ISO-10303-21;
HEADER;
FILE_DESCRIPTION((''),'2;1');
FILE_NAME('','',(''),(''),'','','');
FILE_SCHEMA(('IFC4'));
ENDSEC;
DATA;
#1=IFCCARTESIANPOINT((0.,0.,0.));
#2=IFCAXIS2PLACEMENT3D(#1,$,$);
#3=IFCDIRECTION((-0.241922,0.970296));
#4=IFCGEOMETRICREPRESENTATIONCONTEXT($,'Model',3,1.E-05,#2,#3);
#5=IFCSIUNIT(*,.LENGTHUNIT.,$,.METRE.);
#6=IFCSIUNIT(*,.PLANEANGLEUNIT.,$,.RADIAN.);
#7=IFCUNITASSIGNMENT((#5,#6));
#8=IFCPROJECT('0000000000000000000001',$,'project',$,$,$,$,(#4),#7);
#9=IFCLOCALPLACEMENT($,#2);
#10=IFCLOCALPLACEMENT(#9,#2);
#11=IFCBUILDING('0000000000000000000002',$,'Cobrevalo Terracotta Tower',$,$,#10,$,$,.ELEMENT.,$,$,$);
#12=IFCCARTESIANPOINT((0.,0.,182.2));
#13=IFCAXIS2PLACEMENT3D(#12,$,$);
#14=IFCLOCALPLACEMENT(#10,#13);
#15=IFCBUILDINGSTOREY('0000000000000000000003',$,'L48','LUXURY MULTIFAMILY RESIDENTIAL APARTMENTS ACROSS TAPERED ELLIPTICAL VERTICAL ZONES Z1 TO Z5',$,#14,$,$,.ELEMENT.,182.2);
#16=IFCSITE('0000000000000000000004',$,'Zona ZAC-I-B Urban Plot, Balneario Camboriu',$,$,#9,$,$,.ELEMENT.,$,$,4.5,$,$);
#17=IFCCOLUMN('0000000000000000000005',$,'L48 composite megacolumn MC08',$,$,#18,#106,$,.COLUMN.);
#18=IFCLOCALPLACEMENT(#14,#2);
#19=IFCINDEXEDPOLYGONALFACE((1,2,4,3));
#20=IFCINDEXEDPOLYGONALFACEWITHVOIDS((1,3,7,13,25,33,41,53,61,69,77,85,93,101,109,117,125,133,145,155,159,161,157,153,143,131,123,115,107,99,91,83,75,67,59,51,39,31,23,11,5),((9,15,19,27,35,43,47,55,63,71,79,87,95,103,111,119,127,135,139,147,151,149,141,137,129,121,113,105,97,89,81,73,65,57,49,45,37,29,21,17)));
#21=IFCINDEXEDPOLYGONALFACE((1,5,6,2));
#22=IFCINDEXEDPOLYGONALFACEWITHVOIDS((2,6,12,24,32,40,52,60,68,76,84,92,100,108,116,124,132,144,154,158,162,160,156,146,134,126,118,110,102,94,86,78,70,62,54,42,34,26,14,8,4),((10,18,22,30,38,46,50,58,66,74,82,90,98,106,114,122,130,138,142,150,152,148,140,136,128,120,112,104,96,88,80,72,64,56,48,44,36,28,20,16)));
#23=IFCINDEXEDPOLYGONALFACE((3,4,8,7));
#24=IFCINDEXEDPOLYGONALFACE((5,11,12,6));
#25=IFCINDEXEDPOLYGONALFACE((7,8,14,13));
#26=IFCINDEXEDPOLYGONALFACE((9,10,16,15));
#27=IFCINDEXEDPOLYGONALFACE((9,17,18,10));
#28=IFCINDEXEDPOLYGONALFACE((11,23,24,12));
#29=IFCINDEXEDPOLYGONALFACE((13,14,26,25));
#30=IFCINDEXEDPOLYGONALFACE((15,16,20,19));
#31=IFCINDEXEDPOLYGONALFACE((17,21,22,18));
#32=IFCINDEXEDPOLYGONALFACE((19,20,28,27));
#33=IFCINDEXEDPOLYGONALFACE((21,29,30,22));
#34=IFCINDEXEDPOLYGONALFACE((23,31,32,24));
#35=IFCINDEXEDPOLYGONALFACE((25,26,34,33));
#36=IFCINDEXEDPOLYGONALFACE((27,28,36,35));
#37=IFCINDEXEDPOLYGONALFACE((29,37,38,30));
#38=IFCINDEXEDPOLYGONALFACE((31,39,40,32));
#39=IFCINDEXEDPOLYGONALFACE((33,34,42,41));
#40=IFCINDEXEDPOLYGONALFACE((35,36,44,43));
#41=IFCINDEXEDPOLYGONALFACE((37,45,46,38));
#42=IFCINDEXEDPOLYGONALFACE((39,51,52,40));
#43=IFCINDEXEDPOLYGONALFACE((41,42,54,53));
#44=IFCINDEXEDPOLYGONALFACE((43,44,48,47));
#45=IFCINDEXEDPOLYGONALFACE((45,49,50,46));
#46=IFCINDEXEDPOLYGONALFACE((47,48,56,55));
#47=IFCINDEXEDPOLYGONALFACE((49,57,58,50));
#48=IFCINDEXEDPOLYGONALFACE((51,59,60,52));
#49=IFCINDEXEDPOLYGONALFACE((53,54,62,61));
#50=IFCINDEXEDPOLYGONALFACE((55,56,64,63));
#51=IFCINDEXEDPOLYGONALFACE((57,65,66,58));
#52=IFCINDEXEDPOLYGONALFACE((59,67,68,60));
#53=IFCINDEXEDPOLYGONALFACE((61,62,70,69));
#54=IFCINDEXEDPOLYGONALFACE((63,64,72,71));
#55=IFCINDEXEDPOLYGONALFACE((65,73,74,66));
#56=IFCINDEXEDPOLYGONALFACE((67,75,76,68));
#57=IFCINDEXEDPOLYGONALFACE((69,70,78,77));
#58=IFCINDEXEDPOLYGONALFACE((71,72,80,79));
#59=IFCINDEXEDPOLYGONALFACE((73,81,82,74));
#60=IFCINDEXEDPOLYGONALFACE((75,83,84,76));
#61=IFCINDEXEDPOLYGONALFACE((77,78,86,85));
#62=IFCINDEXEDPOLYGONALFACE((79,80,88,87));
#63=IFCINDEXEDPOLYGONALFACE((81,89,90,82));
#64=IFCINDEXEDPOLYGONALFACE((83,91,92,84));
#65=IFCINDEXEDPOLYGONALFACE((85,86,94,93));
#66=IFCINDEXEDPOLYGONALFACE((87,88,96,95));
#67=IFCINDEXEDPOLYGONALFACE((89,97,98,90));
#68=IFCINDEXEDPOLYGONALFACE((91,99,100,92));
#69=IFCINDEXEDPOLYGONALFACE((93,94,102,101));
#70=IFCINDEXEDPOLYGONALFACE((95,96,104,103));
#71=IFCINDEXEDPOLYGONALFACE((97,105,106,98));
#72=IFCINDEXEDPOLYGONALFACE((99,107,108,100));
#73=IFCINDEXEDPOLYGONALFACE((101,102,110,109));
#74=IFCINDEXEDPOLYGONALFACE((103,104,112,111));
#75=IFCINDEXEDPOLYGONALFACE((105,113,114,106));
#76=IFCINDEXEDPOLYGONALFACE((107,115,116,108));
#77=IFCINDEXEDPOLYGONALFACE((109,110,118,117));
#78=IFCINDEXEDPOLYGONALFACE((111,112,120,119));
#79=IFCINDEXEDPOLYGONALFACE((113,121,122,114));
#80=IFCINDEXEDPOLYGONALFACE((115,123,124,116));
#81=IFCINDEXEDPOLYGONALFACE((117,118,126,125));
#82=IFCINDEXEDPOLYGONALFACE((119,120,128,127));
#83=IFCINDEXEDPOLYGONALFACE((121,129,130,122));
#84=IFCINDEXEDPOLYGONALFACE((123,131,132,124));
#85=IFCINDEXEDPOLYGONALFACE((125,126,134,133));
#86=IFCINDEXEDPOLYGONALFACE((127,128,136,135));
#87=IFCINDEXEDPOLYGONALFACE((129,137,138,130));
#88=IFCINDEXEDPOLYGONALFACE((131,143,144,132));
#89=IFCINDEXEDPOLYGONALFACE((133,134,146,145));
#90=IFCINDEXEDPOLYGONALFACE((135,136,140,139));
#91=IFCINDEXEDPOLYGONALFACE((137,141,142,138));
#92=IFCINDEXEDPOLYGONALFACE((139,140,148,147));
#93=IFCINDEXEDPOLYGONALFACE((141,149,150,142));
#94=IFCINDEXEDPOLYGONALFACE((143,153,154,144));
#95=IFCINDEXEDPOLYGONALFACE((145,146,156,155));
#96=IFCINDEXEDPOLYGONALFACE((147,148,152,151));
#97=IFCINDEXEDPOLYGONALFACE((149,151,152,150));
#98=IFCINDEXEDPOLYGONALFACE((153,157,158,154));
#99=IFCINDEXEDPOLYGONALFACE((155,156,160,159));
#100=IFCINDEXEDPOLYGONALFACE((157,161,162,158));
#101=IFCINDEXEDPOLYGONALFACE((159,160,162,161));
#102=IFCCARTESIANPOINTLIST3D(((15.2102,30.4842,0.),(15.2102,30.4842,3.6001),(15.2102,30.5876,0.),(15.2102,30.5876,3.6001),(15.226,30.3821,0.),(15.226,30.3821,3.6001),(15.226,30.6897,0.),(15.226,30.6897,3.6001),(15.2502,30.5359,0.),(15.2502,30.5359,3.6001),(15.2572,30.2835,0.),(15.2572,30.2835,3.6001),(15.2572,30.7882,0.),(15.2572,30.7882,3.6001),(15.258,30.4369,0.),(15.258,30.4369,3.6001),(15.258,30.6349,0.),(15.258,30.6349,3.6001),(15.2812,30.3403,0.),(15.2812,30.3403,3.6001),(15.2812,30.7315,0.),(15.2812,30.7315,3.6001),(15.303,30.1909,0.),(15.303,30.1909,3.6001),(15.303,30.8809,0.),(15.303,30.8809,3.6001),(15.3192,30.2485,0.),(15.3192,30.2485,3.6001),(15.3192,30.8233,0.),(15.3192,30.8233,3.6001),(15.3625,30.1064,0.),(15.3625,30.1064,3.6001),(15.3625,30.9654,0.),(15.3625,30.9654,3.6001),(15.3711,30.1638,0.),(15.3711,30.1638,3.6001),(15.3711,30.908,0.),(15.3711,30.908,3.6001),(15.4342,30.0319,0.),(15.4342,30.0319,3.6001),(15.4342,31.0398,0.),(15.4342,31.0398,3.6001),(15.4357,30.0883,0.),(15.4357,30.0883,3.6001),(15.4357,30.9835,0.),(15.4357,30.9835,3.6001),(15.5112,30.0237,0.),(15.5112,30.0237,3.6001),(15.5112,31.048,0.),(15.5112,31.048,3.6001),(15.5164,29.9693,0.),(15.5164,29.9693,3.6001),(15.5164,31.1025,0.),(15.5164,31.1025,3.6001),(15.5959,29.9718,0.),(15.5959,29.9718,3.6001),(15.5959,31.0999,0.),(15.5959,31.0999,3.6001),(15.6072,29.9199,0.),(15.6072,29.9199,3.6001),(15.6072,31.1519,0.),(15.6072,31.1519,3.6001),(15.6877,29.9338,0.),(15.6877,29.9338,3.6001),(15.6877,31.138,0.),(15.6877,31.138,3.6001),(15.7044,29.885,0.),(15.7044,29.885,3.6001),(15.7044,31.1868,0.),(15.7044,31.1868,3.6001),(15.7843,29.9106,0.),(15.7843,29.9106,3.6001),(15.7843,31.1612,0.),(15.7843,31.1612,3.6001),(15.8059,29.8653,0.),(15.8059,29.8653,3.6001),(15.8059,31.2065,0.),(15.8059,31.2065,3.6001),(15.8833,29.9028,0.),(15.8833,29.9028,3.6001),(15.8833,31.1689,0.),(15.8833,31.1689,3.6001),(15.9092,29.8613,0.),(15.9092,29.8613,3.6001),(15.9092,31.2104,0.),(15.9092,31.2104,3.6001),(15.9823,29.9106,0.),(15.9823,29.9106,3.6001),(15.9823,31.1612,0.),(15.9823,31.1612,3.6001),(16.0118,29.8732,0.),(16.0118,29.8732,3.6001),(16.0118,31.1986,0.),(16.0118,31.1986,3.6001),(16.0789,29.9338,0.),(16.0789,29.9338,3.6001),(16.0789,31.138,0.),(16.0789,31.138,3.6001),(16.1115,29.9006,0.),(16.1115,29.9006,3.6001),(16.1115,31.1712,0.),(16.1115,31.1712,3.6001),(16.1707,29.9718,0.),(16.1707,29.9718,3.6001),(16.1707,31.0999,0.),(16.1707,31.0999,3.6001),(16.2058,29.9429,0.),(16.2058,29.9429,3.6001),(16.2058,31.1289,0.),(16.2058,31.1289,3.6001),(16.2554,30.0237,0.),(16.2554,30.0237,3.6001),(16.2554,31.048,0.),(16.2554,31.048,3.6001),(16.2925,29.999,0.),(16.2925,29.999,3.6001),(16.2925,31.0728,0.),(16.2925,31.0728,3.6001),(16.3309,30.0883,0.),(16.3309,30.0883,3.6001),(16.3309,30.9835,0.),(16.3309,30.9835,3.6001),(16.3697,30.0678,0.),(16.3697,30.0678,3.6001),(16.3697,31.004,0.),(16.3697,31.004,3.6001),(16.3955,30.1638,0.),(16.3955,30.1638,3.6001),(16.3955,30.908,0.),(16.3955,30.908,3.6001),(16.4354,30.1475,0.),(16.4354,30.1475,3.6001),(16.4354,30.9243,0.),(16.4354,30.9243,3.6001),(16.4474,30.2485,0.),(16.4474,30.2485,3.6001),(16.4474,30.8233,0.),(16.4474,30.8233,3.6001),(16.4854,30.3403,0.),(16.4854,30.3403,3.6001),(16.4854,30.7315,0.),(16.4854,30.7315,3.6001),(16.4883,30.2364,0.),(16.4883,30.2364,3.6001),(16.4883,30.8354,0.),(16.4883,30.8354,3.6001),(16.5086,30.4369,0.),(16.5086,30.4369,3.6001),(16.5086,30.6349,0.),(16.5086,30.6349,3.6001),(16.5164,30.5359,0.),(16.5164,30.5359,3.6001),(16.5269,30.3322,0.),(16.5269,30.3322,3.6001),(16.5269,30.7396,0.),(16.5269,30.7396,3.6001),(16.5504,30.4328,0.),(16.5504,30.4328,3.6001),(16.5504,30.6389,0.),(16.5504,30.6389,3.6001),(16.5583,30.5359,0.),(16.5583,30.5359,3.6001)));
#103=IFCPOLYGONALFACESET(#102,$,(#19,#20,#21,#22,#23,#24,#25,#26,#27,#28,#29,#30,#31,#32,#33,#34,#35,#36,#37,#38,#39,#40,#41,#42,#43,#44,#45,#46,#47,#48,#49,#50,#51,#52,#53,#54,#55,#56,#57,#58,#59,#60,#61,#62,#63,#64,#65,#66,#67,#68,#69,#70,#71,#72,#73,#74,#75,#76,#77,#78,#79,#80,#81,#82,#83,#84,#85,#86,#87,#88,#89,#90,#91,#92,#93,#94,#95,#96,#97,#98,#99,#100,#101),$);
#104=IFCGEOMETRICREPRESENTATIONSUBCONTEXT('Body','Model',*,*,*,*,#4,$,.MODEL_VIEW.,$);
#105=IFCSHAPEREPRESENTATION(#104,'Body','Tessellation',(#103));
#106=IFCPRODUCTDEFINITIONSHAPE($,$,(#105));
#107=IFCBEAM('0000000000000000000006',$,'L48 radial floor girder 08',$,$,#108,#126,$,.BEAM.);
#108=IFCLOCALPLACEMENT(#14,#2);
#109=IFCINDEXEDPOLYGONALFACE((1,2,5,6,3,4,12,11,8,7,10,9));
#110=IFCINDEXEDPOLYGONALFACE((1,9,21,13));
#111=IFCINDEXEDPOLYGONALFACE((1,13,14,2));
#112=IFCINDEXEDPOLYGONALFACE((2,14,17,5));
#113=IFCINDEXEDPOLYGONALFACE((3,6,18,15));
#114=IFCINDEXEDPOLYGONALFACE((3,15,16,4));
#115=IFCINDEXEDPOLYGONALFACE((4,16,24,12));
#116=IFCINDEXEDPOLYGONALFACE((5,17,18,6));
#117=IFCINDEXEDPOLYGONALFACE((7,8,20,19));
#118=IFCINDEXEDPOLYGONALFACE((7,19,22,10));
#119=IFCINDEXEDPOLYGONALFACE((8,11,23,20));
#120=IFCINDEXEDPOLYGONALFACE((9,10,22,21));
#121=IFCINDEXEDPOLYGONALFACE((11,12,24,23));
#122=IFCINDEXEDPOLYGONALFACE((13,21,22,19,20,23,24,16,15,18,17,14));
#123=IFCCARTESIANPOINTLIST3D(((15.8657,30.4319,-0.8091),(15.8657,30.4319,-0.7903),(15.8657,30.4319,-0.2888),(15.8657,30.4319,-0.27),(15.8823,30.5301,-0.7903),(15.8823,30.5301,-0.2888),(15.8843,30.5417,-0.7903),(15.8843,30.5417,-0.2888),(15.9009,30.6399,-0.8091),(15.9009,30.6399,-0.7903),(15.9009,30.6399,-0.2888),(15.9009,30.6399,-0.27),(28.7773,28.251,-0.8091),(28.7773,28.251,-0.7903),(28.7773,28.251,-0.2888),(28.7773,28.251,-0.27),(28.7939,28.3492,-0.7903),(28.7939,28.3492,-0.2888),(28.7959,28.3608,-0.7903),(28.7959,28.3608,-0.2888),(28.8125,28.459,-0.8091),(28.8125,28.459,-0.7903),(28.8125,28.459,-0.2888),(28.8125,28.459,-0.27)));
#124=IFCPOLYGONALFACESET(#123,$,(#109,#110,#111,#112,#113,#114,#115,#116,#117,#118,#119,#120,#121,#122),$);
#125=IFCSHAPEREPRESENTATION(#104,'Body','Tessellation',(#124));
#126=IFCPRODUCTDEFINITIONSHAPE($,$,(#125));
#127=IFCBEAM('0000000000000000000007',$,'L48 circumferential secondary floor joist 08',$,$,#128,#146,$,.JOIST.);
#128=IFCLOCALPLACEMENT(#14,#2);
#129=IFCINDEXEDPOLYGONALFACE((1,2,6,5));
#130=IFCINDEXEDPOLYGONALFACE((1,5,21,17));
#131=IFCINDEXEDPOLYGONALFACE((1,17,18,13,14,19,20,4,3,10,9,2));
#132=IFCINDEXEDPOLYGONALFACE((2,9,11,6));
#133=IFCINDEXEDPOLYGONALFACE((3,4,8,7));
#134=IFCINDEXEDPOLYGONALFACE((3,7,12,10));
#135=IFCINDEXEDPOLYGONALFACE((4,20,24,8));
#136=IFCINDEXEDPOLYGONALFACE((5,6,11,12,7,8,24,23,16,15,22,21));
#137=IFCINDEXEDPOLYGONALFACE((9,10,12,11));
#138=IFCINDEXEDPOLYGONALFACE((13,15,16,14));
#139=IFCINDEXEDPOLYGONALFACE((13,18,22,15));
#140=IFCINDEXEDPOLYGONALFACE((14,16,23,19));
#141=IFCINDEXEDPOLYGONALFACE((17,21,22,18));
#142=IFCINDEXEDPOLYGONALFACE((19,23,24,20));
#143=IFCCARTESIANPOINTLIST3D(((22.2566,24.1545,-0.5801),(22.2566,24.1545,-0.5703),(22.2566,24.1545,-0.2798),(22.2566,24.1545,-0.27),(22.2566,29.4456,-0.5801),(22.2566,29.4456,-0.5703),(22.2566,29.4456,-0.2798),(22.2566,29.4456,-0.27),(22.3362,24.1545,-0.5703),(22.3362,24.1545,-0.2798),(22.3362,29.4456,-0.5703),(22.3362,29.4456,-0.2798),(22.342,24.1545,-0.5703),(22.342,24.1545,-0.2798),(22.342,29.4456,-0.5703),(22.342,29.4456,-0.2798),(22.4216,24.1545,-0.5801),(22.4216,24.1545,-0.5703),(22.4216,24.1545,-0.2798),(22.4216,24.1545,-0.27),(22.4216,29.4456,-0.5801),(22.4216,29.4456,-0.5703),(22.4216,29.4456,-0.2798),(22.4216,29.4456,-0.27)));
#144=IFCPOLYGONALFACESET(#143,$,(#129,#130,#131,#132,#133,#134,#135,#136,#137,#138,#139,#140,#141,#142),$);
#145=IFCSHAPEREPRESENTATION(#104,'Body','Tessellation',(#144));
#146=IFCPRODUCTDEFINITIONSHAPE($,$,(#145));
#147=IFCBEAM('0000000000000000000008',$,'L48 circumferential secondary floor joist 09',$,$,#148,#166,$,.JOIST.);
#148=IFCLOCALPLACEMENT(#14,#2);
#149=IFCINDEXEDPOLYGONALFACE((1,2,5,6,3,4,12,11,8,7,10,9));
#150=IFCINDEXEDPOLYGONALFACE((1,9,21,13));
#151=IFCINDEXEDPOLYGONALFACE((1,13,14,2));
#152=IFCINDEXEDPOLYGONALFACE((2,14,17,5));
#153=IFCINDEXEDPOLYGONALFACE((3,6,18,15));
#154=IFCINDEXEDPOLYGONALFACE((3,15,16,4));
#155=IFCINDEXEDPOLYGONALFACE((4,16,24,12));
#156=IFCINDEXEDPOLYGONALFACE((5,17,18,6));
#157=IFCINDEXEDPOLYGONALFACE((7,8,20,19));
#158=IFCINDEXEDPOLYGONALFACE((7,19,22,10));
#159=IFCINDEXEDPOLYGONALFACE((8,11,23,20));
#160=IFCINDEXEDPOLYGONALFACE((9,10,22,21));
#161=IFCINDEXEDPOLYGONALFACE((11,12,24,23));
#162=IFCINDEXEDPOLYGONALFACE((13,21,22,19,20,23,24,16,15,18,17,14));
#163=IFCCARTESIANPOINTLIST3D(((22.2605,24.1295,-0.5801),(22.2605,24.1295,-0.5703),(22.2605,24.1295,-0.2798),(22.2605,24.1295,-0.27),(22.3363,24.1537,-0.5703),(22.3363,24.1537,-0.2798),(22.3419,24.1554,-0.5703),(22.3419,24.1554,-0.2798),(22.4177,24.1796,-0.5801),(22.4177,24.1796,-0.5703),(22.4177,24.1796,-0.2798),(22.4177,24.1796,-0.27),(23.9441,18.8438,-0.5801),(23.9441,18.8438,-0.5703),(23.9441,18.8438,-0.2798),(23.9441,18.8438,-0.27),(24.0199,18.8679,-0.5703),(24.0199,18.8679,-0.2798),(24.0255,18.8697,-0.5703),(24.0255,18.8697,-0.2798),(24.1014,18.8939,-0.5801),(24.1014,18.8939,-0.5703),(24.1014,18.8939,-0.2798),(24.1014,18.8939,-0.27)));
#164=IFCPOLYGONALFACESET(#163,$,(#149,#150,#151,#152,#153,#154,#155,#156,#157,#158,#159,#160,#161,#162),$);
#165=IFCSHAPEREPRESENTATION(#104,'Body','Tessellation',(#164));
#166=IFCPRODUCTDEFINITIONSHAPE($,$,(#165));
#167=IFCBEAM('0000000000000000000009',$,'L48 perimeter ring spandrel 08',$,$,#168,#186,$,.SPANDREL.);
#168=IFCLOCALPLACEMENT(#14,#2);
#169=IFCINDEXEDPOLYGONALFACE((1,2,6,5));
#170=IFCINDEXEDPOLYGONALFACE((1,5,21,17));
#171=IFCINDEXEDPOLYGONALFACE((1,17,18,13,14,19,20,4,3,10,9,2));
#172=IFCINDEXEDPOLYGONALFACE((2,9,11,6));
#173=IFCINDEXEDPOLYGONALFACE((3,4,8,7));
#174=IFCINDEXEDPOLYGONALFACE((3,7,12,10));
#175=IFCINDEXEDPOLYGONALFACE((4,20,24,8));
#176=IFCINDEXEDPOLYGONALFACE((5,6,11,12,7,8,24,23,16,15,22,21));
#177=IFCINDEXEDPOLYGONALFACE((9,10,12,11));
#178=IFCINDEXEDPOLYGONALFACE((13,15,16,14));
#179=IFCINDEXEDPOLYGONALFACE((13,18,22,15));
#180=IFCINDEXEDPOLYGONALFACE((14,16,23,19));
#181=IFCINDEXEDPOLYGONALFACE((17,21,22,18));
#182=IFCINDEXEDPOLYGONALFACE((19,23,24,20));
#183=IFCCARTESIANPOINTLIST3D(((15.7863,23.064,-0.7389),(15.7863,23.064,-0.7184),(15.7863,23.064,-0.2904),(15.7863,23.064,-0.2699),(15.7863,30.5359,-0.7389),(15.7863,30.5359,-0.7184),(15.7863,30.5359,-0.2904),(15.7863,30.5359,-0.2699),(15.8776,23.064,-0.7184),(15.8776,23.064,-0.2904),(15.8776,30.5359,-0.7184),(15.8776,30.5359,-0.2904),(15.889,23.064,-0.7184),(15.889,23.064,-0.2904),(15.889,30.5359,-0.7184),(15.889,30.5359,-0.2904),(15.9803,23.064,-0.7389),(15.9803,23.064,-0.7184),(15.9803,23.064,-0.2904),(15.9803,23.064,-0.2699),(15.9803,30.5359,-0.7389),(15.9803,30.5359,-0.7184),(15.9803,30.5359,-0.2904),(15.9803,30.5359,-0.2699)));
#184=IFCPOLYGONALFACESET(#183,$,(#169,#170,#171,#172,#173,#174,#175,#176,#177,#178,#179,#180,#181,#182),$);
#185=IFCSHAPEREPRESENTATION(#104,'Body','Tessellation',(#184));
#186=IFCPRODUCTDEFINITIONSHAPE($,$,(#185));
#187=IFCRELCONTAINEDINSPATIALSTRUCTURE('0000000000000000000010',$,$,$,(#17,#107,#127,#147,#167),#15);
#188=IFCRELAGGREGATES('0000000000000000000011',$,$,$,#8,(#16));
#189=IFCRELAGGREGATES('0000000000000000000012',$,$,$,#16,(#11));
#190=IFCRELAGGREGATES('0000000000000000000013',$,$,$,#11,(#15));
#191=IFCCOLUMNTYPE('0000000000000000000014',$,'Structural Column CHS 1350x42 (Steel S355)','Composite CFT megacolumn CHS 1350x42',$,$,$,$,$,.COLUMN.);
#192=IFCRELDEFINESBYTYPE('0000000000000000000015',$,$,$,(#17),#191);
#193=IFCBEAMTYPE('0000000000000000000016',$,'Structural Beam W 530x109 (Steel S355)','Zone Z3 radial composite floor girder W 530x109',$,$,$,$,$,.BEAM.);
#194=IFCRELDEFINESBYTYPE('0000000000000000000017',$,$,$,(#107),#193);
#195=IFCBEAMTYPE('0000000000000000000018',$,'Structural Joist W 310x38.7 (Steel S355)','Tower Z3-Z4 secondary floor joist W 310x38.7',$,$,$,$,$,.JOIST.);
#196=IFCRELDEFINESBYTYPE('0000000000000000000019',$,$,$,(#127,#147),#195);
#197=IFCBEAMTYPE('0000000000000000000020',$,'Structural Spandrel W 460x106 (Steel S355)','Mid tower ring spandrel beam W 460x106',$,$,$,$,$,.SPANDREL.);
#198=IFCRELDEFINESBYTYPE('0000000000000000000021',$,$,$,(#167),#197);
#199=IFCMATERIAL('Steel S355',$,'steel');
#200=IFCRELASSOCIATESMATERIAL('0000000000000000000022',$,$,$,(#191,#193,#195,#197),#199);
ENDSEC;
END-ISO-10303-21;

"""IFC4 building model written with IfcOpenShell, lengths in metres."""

from ifc_helpers import new_model, si_unit, direction, frame, origin, origin_2d, place, context, subcontext, project, spatial, hollow_circle, i_section, extrude, material, material_profile, profile_set, type_object, element, save


model = new_model("IFC4")

# Units and contexts
model_context = context("Model", 3, precision=1e-05, world=origin(), true_north=direction((-0.241922, 0.970296)))
body_context = subcontext(model_context, "Body", "Model", "MODEL_VIEW")
ifc_project = project(units=[si_unit("LENGTHUNIT", "METRE"), si_unit("PLANEANGLEUNIT", "RADIAN")], contexts=[model_context])

# Site, building, storey
site_placement = place(None, origin())
site = spatial("IfcSite", under=ifc_project, at=site_placement, Name="Zona ZAC-I-B Urban Plot, Balneario Camboriu", CompositionType="ELEMENT", RefElevation=4.5)
building_placement = place(site_placement, origin())
building = spatial("IfcBuilding", under=site, at=building_placement, Name="Cobrevalo Terracotta Tower", CompositionType="ELEMENT")
storey_placement = place(building_placement, frame((0.0, 0.0, 182.2)))
storey = spatial("IfcBuildingStorey", under=building, at=storey_placement, Name="L48", Description="LUXURY MULTIFAMILY RESIDENTIAL APARTMENTS ACROSS TAPERED ELLIPTICAL VERTICAL ZONES Z1 TO Z5", CompositionType="ELEMENT", Elevation=182.2)

# Column
ifc_material_1 = material(Name="Steel S355", Category="steel")
ifc_material_profile_1 = material_profile(ifc_material_1, hollow_circle(Radius=0.675, WallThickness=0.042, at=origin_2d()), Name="CHS 1350x42")
ifc_profile_set_1 = profile_set([ifc_material_profile_1], Name="Steel S355")
column_type = type_object("IfcColumnType", Name="Structural Column CHS 1350x42 (Steel S355)", Description="Composite CFT megacolumn CHS 1350x42", PredefinedType="COLUMN", material=ifc_profile_set_1)
column_placement = place(storey_placement, frame((15.8833, 30.5359, 0.0), z_axis=(0.0, 0.0, 1.0), x_axis=(1.0, 0.0, 0.0)))
element("IfcColumn", 1, at=column_placement, inside=storey, type_object=column_type, Name="L48 composite megacolumn MC08", PredefinedType="COLUMN", context=body_context, shape_type="SweptSolid", body=[
    extrude(hollow_circle(Radius=0.675, WallThickness=0.042, at=origin_2d()), origin(), (0.0, 0.0, 1.0), 3.6001),
])

# Beams
ifc_material_profile_2 = material_profile(ifc_material_1, i_section(OverallWidth=0.2109, OverallDepth=0.5391, WebThickness=0.0117, FlangeThickness=0.0188, at=origin_2d()), Name="W 530x109")
ifc_profile_set_2 = profile_set([ifc_material_profile_2], Name="Steel S355")
beam_type_1 = type_object("IfcBeamType", Name="Structural Beam W 530x109 (Steel S355)", Description="Zone Z3 radial composite floor girder W 530x109", PredefinedType="BEAM", material=ifc_profile_set_2)
beam_1_placement = place(storey_placement, frame((15.8833, 30.5359, -0.5396), z_axis=(0.986033, -0.166551, 0.0), x_axis=(0.166551, 0.986033, 0.0)))
element("IfcBeam", 2, at=beam_1_placement, inside=storey, type_object=beam_type_1, Name="L48 radial floor girder 08", PredefinedType="BEAM", context=body_context, shape_type="SweptSolid", body=[
    extrude(i_section(OverallWidth=0.2109, OverallDepth=0.5391, WebThickness=0.0117, FlangeThickness=0.0188, at=origin_2d()), origin(), (0.0, 0.0, 1.0), 13.0945),
])
ifc_material_profile_3 = material_profile(ifc_material_1, i_section(OverallWidth=0.165, OverallDepth=0.3101, WebThickness=0.0059, FlangeThickness=0.0098, at=origin_2d()), Name="W 310x38.7")
ifc_profile_set_3 = profile_set([ifc_material_profile_3], Name="Steel S355")
beam_type_2 = type_object("IfcBeamType", Name="Structural Joist W 310x38.7 (Steel S355)", Description="Tower Z3-Z4 secondary floor joist W 310x38.7", PredefinedType="JOIST", material=ifc_profile_set_3)
beam_2_placement = place(storey_placement, frame((22.3391, 29.4456, -0.425), z_axis=(0.0, -1.0, 0.0), x_axis=(1.0, 0.0, 0.0)))
element("IfcBeam", 3, at=beam_2_placement, inside=storey, type_object=beam_type_2, Name="L48 circumferential secondary floor joist 08", PredefinedType="JOIST", context=body_context, shape_type="SweptSolid", body=[
    extrude(i_section(OverallWidth=0.165, OverallDepth=0.3101, WebThickness=0.0059, FlangeThickness=0.0098, at=origin_2d()), origin(), (0.0, 0.0, 1.0), 5.291),
])
beam_3_placement = place(storey_placement, frame((22.3391, 24.1545, -0.425), z_axis=(0.303498, -0.952832, 0.0), x_axis=(0.952832, 0.303498, 0.0)))
element("IfcBeam", 4, at=beam_3_placement, inside=storey, type_object=beam_type_2, Name="L48 circumferential secondary floor joist 09", PredefinedType="JOIST", context=body_context, shape_type="SweptSolid", body=[
    extrude(i_section(OverallWidth=0.165, OverallDepth=0.3101, WebThickness=0.0059, FlangeThickness=0.0098, at=origin_2d()), origin(), (0.0, 0.0, 1.0), 5.5474),
])
ifc_material_profile_4 = material_profile(ifc_material_1, i_section(OverallWidth=0.1941, OverallDepth=0.469, WebThickness=0.0115, FlangeThickness=0.0205, at=origin_2d()), Name="W 460x106")
ifc_profile_set_4 = profile_set([ifc_material_profile_4], Name="Steel S355")
beam_type_3 = type_object("IfcBeamType", Name="Structural Spandrel W 460x106 (Steel S355)", Description="Mid tower ring spandrel beam W 460x106", PredefinedType="SPANDREL", material=ifc_profile_set_4)
beam_4_placement = place(storey_placement, frame((15.8833, 30.5359, -0.5044), z_axis=(0.0, -1.0, 0.0), x_axis=(1.0, 0.0, 0.0)))
element("IfcBeam", 5, at=beam_4_placement, inside=storey, type_object=beam_type_3, Name="L48 perimeter ring spandrel 08", PredefinedType="SPANDREL", context=body_context, shape_type="SweptSolid", body=[
    extrude(i_section(OverallWidth=0.1941, OverallDepth=0.469, WebThickness=0.0115, FlangeThickness=0.0205, at=origin_2d()), origin(), (0.0, 0.0, 1.0), 7.4719),
])

save(model, "model.ifc")
